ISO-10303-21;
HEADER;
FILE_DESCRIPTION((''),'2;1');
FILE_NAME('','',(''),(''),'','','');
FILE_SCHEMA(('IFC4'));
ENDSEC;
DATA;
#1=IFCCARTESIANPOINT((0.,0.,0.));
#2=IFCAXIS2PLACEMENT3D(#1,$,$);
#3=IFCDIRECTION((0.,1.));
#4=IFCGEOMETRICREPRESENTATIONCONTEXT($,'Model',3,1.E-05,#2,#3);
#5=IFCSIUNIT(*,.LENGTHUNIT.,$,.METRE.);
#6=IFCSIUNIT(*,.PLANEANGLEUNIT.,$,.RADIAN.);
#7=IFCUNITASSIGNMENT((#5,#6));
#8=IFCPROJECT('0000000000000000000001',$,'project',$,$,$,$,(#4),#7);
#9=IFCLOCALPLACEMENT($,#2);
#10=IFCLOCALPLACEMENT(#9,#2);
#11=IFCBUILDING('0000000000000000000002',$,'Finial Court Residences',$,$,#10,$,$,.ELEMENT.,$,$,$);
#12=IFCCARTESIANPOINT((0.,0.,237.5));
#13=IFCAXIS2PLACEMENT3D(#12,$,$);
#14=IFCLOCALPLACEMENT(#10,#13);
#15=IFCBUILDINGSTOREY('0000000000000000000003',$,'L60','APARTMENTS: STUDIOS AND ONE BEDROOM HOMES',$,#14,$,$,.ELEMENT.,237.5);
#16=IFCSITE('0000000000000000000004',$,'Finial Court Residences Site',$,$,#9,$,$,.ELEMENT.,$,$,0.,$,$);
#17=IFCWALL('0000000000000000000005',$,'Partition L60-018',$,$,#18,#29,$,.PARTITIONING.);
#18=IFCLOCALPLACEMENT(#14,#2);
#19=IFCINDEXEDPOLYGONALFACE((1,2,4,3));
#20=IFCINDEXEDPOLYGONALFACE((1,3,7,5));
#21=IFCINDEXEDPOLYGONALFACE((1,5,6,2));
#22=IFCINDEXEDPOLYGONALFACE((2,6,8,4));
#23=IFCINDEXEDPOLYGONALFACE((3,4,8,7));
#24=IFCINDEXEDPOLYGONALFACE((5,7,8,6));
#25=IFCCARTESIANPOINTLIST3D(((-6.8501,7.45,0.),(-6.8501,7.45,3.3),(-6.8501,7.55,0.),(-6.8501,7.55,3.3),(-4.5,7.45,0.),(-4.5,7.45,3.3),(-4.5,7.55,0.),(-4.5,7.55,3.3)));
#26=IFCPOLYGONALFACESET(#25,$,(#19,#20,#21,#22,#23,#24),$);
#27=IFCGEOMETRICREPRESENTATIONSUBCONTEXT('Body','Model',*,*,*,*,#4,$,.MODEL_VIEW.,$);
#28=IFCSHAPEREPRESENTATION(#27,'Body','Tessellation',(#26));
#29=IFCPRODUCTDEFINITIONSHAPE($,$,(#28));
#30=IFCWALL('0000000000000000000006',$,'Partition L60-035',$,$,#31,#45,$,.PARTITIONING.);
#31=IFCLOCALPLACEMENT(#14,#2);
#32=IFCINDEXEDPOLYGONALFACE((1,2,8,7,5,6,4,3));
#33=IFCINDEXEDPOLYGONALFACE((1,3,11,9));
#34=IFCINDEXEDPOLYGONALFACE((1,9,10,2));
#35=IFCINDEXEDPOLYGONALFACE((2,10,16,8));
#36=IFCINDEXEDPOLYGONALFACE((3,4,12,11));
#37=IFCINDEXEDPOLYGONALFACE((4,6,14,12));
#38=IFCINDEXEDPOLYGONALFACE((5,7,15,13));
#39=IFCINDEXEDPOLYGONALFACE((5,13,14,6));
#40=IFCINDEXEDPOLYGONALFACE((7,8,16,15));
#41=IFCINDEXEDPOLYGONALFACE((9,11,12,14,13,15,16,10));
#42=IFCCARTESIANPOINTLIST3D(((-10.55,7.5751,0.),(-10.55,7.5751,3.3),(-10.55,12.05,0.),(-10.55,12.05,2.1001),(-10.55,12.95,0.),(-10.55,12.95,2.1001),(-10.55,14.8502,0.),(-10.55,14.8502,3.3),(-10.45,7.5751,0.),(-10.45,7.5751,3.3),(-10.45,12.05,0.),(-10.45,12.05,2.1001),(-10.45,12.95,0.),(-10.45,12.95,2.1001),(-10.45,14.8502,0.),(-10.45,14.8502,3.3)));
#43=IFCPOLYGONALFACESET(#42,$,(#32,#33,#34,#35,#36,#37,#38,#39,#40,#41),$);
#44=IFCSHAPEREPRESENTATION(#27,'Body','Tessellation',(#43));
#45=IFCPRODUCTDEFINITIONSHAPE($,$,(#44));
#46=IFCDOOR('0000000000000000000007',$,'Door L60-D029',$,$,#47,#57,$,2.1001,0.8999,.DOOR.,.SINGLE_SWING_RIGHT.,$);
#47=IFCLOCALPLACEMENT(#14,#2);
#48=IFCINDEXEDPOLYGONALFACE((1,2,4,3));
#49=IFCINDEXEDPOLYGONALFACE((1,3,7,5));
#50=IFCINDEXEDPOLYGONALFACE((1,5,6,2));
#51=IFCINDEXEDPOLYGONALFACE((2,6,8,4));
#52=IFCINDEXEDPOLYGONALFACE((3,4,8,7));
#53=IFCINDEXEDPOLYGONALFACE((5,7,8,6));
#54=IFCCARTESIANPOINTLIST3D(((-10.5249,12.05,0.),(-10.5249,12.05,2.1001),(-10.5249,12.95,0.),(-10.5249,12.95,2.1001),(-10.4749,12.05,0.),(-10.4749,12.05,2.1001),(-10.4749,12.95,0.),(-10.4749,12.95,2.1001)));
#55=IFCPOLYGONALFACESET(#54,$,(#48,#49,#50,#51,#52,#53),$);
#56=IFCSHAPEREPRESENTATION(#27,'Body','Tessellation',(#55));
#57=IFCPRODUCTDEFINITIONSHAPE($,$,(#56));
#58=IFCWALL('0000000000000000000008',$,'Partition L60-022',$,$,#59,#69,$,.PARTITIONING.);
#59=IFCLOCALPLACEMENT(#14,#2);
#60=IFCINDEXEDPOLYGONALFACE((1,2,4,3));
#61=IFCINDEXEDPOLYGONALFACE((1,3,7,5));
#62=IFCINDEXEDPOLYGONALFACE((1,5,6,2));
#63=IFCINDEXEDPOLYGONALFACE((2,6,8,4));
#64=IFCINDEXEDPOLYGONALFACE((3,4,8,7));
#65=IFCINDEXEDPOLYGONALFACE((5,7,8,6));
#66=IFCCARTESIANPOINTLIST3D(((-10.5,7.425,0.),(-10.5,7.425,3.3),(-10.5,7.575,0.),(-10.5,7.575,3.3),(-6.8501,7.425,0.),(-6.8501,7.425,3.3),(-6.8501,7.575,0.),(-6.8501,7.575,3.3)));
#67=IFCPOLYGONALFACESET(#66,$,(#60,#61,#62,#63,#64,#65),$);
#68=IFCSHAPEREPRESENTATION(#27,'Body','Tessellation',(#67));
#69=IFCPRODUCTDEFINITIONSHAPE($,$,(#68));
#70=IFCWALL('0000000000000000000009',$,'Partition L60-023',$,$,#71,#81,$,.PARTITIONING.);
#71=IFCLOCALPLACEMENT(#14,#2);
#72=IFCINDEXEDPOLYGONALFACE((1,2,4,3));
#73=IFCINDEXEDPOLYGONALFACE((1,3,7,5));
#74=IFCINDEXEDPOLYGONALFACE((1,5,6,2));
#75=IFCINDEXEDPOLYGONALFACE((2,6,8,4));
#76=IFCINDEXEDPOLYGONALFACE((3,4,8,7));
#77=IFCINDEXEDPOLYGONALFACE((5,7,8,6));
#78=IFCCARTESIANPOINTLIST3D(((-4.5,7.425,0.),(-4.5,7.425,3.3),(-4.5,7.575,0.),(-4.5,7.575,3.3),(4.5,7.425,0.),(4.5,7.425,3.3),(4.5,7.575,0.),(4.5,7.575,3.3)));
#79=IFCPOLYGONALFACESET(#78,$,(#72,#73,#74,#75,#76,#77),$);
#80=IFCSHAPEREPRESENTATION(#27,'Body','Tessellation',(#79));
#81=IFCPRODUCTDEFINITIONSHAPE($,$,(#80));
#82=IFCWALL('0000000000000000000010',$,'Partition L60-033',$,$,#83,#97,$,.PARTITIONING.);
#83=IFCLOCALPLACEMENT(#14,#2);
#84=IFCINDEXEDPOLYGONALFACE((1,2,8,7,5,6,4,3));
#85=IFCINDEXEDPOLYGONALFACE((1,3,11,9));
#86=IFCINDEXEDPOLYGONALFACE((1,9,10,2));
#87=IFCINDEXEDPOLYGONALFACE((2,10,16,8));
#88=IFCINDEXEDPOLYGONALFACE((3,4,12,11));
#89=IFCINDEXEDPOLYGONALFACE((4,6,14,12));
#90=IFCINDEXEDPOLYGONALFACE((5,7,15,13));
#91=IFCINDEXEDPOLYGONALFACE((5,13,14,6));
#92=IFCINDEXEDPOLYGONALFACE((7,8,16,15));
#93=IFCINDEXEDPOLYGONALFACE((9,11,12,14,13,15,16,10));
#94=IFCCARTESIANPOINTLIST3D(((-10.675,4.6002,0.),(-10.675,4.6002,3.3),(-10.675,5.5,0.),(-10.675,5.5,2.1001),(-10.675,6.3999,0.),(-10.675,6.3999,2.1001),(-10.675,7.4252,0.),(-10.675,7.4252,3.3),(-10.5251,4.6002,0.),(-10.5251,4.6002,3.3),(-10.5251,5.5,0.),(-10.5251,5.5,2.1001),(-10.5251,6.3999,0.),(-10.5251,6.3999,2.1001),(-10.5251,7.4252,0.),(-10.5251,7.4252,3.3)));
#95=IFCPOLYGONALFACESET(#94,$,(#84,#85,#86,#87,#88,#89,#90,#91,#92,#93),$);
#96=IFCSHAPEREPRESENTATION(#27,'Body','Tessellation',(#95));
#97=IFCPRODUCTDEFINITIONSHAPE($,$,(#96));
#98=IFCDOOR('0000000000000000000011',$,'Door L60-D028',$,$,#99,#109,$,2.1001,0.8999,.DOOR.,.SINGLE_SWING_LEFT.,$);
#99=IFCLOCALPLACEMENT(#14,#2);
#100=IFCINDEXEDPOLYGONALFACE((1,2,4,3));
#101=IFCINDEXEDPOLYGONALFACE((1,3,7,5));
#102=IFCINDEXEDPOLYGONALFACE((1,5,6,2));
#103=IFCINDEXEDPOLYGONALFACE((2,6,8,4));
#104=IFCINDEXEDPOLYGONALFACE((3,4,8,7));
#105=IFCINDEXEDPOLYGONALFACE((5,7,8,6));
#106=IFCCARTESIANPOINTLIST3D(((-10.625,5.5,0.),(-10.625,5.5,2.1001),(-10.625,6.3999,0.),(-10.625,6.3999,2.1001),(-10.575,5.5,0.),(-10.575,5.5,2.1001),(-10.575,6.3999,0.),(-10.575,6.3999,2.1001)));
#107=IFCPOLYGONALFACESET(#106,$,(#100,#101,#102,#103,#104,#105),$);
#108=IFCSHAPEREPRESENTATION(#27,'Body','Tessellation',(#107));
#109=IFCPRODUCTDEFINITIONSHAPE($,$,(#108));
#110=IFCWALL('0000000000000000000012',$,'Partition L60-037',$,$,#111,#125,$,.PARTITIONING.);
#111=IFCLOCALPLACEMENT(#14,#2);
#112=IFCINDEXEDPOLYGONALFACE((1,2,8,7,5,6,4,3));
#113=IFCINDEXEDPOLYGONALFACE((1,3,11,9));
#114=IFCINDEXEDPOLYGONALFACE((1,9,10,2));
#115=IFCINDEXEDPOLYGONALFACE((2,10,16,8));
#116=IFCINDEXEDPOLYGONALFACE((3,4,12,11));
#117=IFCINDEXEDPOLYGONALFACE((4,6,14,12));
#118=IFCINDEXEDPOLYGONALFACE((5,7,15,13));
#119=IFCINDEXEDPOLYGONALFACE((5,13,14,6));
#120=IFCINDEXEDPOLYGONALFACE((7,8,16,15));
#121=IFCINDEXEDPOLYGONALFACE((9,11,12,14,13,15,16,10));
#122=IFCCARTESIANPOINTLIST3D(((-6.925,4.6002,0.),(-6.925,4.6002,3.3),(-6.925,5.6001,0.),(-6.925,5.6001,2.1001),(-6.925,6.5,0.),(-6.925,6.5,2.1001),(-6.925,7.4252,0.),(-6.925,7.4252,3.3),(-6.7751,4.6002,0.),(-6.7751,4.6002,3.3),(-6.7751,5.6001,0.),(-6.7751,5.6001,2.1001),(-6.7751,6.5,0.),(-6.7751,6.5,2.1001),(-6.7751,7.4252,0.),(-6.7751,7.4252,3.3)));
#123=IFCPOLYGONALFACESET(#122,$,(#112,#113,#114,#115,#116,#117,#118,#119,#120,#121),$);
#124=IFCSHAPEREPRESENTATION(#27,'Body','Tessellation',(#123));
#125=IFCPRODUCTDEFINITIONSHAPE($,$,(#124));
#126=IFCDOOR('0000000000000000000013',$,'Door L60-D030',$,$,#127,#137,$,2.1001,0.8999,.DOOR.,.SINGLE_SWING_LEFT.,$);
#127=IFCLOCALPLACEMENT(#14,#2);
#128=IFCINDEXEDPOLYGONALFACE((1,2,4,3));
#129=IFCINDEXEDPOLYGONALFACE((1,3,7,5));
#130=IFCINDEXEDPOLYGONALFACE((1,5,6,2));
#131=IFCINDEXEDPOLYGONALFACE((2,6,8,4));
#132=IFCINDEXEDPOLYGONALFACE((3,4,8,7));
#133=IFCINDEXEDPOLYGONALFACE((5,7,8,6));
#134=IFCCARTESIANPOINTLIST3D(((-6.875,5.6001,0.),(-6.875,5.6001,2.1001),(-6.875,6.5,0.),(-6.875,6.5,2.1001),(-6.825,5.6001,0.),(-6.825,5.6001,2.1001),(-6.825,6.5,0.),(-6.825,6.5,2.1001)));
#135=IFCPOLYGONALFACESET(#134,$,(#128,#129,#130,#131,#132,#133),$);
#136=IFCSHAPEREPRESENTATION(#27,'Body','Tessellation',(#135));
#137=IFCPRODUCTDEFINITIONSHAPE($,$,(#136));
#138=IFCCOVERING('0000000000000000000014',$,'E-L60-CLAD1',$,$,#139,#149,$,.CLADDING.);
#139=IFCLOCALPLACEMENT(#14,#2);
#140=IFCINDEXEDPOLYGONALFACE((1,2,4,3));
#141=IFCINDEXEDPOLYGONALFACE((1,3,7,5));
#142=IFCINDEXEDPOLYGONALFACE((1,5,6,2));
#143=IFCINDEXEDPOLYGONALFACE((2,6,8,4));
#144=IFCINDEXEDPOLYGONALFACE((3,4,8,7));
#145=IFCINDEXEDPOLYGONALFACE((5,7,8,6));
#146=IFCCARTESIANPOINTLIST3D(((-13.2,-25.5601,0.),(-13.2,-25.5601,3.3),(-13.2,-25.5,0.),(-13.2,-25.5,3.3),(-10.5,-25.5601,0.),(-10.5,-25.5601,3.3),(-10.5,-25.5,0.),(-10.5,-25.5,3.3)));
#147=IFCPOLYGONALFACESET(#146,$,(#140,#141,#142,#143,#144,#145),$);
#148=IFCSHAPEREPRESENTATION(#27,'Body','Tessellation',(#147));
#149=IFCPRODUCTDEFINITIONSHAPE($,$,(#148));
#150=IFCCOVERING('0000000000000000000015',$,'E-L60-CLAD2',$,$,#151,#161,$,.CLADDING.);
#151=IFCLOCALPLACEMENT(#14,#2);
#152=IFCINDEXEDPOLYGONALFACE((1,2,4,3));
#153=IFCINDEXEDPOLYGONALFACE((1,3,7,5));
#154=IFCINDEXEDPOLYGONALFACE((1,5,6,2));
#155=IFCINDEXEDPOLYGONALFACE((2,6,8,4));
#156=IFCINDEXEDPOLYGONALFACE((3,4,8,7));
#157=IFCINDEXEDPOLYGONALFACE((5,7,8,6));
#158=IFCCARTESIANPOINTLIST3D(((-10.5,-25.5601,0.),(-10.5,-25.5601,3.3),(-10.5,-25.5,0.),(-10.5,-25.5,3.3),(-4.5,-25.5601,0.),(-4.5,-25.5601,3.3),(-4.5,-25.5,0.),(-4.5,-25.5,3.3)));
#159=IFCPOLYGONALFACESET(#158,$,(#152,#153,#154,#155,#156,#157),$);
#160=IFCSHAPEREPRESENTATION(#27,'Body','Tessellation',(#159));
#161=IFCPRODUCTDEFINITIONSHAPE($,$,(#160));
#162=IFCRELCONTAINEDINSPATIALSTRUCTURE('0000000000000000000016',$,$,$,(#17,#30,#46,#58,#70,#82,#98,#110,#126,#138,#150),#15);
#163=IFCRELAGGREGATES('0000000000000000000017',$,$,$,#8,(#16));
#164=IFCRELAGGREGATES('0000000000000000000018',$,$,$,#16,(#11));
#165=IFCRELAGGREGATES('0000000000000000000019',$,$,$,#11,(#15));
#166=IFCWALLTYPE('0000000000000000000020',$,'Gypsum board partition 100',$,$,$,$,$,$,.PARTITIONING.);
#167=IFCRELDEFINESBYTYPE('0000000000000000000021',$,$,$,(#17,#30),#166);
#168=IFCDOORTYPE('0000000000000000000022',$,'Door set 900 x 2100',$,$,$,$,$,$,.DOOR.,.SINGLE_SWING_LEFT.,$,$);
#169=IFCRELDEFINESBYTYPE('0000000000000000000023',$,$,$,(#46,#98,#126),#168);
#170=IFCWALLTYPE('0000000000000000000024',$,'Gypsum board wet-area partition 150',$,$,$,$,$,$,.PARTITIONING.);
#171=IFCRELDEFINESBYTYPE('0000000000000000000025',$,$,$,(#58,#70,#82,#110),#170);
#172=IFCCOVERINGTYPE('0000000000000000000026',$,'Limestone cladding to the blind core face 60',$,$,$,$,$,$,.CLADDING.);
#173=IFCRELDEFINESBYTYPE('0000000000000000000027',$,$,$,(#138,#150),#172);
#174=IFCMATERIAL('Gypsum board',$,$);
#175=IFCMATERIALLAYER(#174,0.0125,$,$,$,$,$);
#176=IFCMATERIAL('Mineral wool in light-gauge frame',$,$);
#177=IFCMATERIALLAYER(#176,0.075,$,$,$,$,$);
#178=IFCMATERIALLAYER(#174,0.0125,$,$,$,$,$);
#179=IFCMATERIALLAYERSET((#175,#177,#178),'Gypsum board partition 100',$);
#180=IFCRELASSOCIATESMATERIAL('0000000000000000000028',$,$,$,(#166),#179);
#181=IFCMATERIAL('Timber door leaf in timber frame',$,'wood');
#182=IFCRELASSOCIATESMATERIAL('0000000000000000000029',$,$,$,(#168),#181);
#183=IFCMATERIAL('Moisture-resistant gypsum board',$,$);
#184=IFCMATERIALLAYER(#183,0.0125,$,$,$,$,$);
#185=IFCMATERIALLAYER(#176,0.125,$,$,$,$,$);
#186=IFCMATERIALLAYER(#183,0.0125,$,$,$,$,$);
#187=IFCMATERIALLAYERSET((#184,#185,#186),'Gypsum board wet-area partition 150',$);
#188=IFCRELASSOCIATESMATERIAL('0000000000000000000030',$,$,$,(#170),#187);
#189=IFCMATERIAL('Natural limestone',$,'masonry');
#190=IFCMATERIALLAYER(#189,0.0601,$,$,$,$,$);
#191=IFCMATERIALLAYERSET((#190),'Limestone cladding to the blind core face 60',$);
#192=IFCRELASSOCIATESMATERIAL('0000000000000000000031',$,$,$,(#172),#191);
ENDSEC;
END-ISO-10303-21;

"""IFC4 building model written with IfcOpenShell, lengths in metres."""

from ifc_helpers import new_model, si_unit, direction, frame, frame_2d, origin, place, context, subcontext, project, spatial, polyline, rectangle, outline, extrude, material, layer, layer_set, type_object, element, fill, save


model = new_model("IFC4")

# Units and contexts
model_context = context("Model", 3, precision=1e-05, world=origin(), true_north=direction((0.0, 1.0)))
body_context = subcontext(model_context, "Body", "Model", "MODEL_VIEW")
ifc_project = project(units=[si_unit("LENGTHUNIT", "METRE"), si_unit("PLANEANGLEUNIT", "RADIAN")], contexts=[model_context])

# Site, building, storey
site_placement = place(None, origin())
site = spatial("IfcSite", under=ifc_project, at=site_placement, Name="Finial Court Residences Site", CompositionType="ELEMENT", RefElevation=0.0)
building_placement = place(site_placement, origin())
building = spatial("IfcBuilding", under=site, at=building_placement, Name="Finial Court Residences", CompositionType="ELEMENT")
storey_placement = place(building_placement, frame((0.0, 0.0, 237.5)))
storey = spatial("IfcBuildingStorey", under=building, at=storey_placement, Name="L60", Description="APARTMENTS: STUDIOS AND ONE BEDROOM HOMES", CompositionType="ELEMENT", Elevation=237.5)

# Wall
ifc_material_1 = material(Name="Gypsum board")
ifc_layer_1 = layer(ifc_material_1, 0.0125)
ifc_material_2 = material(Name="Mineral wool in light-gauge frame")
ifc_layer_2 = layer(ifc_material_2, 0.075)
ifc_layer_3 = layer(ifc_material_1, 0.0125)
ifc_layer_set_1 = layer_set([ifc_layer_1, ifc_layer_2, ifc_layer_3], Name="Gypsum board partition 100")
wall_type_1 = type_object("IfcWallType", Name="Gypsum board partition 100", PredefinedType="PARTITIONING", material=ifc_layer_set_1)
wall_1_placement = place(storey_placement, frame((-6.8501, 7.5, 0.0), z_axis=(0.0, 0.0, 1.0), x_axis=(1.0, 0.0, 0.0)))
element("IfcWall", 1, at=wall_1_placement, inside=storey, type_object=wall_type_1, Name="Partition L60-018", PredefinedType="PARTITIONING", context=body_context, shape_type="SweptSolid", body=[
    extrude(rectangle(XDim=2.3501, YDim=0.1001, at=frame_2d((1.175, 0.0))), origin(), (0.0, 0.0, 1.0), 3.3),
])

# Wall, opening, door
wall_2_placement = place(storey_placement, frame((-10.5, 7.575, 0.0), z_axis=(0.0, 0.0, 1.0), x_axis=(0.0, 1.0, 0.0)))
wall_2 = element("IfcWall", 2, at=wall_2_placement, inside=storey, type_object=wall_type_1, Name="Partition L60-035", PredefinedType="PARTITIONING", context=body_context, shape_type="SweptSolid", body=[
    extrude(rectangle(XDim=7.2751, YDim=0.1001, at=frame_2d((3.6377, 0.0))), origin(), (0.0, 0.0, 1.0), 3.3),
])
opening_1_placement = place(wall_2_placement, frame((4.4751, 0.0, 0.0)))
opening_1 = element("IfcOpeningElement", 3, at=opening_1_placement, cuts=wall_2, PredefinedType="OPENING", context=body_context, shape_type="SweptSolid", body=[
    extrude(rectangle(XDim=0.8999, YDim=2.1001, at=frame_2d((0.45, 1.05))), frame((0.0, 0.0601, 0.0), z_axis=(0.0, -1.0, 0.0), x_axis=(1.0, 0.0, 0.0)), (0.0, 0.0, 1.0), 0.1201),
])
ifc_material_3 = material(Name="Timber door leaf in timber frame", Category="wood")
door_type = type_object("IfcDoorType", Name="Door set 900 x 2100", OperationType="SINGLE_SWING_LEFT", PredefinedType="DOOR", material=ifc_material_3)
door_1_placement = place(opening_1_placement, origin())
door_1 = element("IfcDoor", 4, at=door_1_placement, inside=storey, type_object=door_type, Name="Door L60-D029", OperationType="SINGLE_SWING_RIGHT", OverallHeight=2.1001, OverallWidth=0.8999, PredefinedType="DOOR", context=body_context, shape_type="SweptSolid", body=[
    extrude(rectangle(XDim=0.8999, YDim=2.1001, at=frame_2d((0.45, 1.05))), frame((0.0, 0.0249, 0.0), z_axis=(0.0, -1.0, 0.0), x_axis=(1.0, 0.0, 0.0)), (0.0, 0.0, 1.0), 0.05),
])
fill(opening_1, door_1)

# Walls
ifc_material_4 = material(Name="Moisture-resistant gypsum board")
ifc_layer_4 = layer(ifc_material_4, 0.0125)
ifc_layer_5 = layer(ifc_material_2, 0.125)
ifc_layer_6 = layer(ifc_material_4, 0.0125)
ifc_layer_set_2 = layer_set([ifc_layer_4, ifc_layer_5, ifc_layer_6], Name="Gypsum board wet-area partition 150")
wall_type_2 = type_object("IfcWallType", Name="Gypsum board wet-area partition 150", PredefinedType="PARTITIONING", material=ifc_layer_set_2)
wall_3_placement = place(storey_placement, frame((-10.5, 7.5, 0.0), z_axis=(0.0, 0.0, 1.0), x_axis=(1.0, 0.0, 0.0)))
element("IfcWall", 5, at=wall_3_placement, inside=storey, type_object=wall_type_2, Name="Partition L60-022", PredefinedType="PARTITIONING", context=body_context, shape_type="SweptSolid", body=[
    extrude(rectangle(XDim=3.6499, YDim=0.1499, at=frame_2d((1.825, 0.0))), origin(), (0.0, 0.0, 1.0), 3.3),
])
wall_4_placement = place(storey_placement, frame((-4.5, 7.5, 0.0), z_axis=(0.0, 0.0, 1.0), x_axis=(1.0, 0.0, 0.0)))
element("IfcWall", 6, at=wall_4_placement, inside=storey, type_object=wall_type_2, Name="Partition L60-023", PredefinedType="PARTITIONING", context=body_context, shape_type="SweptSolid", body=[
    extrude(rectangle(XDim=9.0, YDim=0.1499, at=frame_2d((4.5, 0.0))), origin(), (0.0, 0.0, 1.0), 3.3),
])

# Walls, openings, doors
wall_5_placement = place(storey_placement, frame((-10.6001, 4.6001, 0.0), z_axis=(0.0, 0.0, 1.0), x_axis=(0.0, 1.0, 0.0)))
wall_5 = element("IfcWall", 7, at=wall_5_placement, inside=storey, type_object=wall_type_2, Name="Partition L60-033", PredefinedType="PARTITIONING", context=body_context, shape_type="SweptSolid", body=[
    extrude(rectangle(XDim=2.825, YDim=0.1499, at=frame_2d((1.4126, 0.0))), origin(), (0.0, 0.0, 1.0), 3.3),
])
opening_2_placement = place(wall_5_placement, frame((0.8999, 0.0, 0.0)))
opening_2 = element("IfcOpeningElement", 8, at=opening_2_placement, cuts=wall_5, PredefinedType="OPENING", context=body_context, shape_type="SweptSolid", body=[
    extrude(rectangle(XDim=0.8999, YDim=2.1001, at=frame_2d((0.45, 1.05))), frame((0.0, 0.085, 0.0), z_axis=(0.0, -1.0, 0.0), x_axis=(1.0, 0.0, 0.0)), (0.0, 0.0, 1.0), 0.1699),
])
door_2_placement = place(opening_2_placement, origin())
door_2 = element("IfcDoor", 9, at=door_2_placement, inside=storey, type_object=door_type, Name="Door L60-D028", OperationType="SINGLE_SWING_LEFT", OverallHeight=2.1001, OverallWidth=0.8999, PredefinedType="DOOR", context=body_context, shape_type="SweptSolid", body=[
    extrude(rectangle(XDim=0.8999, YDim=2.1001, at=frame_2d((0.45, 1.05))), frame((0.0, 0.0249, 0.0), z_axis=(0.0, -1.0, 0.0), x_axis=(1.0, 0.0, 0.0)), (0.0, 0.0, 1.0), 0.05),
])
fill(opening_2, door_2)
wall_6_placement = place(storey_placement, frame((-6.8501, 4.6001, 0.0), z_axis=(0.0, 0.0, 1.0), x_axis=(0.0, 1.0, 0.0)))
wall_6 = element("IfcWall", 10, at=wall_6_placement, inside=storey, type_object=wall_type_2, Name="Partition L60-037", PredefinedType="PARTITIONING", context=body_context, shape_type="SweptSolid", body=[
    extrude(rectangle(XDim=2.825, YDim=0.1499, at=frame_2d((1.4126, 0.0))), origin(), (0.0, 0.0, 1.0), 3.3),
])
opening_3_placement = place(wall_6_placement, frame((1.0, 0.0, 0.0)))
opening_3 = element("IfcOpeningElement", 11, at=opening_3_placement, cuts=wall_6, PredefinedType="OPENING", context=body_context, shape_type="SweptSolid", body=[
    extrude(rectangle(XDim=0.8999, YDim=2.1001, at=frame_2d((0.45, 1.05))), frame((0.0, 0.085, 0.0), z_axis=(0.0, -1.0, 0.0), x_axis=(1.0, 0.0, 0.0)), (0.0, 0.0, 1.0), 0.1699),
])
door_3_placement = place(opening_3_placement, origin())
door_3 = element("IfcDoor", 12, at=door_3_placement, inside=storey, type_object=door_type, Name="Door L60-D030", OperationType="SINGLE_SWING_LEFT", OverallHeight=2.1001, OverallWidth=0.8999, PredefinedType="DOOR", context=body_context, shape_type="SweptSolid", body=[
    extrude(rectangle(XDim=0.8999, YDim=2.1001, at=frame_2d((0.45, 1.05))), frame((0.0, 0.0249, 0.0), z_axis=(0.0, -1.0, 0.0), x_axis=(1.0, 0.0, 0.0)), (0.0, 0.0, 1.0), 0.05),
])
fill(opening_3, door_3)

# Coverings
ifc_material_5 = material(Name="Natural limestone", Category="masonry")
ifc_layer_7 = layer(ifc_material_5, 0.0601)
ifc_layer_set_3 = layer_set([ifc_layer_7], Name="Limestone cladding to the blind core face 60")
covering_type = type_object("IfcCoveringType", Name="Limestone cladding to the blind core face 60", PredefinedType="CLADDING", material=ifc_layer_set_3)
covering_1_placement = place(storey_placement, origin())
element("IfcCovering", 13, at=covering_1_placement, inside=storey, type_object=covering_type, Name="E-L60-CLAD1", PredefinedType="CLADDING", context=body_context, shape_type="SweptSolid", body=[
    extrude(outline(polyline([(-10.5, -25.5601), (-10.5, -25.5), (-13.2, -25.5), (-13.2, -25.5601), (-10.5, -25.5601)])), origin(), (0.0, 0.0, 1.0), 3.3),
])
covering_2_placement = place(storey_placement, origin())
element("IfcCovering", 14, at=covering_2_placement, inside=storey, type_object=covering_type, Name="E-L60-CLAD2", PredefinedType="CLADDING", context=body_context, shape_type="SweptSolid", body=[
    extrude(outline(polyline([(-4.5, -25.5601), (-4.5, -25.5), (-10.5, -25.5), (-10.5, -25.5601), (-4.5, -25.5601)])), origin(), (0.0, 0.0, 1.0), 3.3),
])

save(model, "model.ifc")
